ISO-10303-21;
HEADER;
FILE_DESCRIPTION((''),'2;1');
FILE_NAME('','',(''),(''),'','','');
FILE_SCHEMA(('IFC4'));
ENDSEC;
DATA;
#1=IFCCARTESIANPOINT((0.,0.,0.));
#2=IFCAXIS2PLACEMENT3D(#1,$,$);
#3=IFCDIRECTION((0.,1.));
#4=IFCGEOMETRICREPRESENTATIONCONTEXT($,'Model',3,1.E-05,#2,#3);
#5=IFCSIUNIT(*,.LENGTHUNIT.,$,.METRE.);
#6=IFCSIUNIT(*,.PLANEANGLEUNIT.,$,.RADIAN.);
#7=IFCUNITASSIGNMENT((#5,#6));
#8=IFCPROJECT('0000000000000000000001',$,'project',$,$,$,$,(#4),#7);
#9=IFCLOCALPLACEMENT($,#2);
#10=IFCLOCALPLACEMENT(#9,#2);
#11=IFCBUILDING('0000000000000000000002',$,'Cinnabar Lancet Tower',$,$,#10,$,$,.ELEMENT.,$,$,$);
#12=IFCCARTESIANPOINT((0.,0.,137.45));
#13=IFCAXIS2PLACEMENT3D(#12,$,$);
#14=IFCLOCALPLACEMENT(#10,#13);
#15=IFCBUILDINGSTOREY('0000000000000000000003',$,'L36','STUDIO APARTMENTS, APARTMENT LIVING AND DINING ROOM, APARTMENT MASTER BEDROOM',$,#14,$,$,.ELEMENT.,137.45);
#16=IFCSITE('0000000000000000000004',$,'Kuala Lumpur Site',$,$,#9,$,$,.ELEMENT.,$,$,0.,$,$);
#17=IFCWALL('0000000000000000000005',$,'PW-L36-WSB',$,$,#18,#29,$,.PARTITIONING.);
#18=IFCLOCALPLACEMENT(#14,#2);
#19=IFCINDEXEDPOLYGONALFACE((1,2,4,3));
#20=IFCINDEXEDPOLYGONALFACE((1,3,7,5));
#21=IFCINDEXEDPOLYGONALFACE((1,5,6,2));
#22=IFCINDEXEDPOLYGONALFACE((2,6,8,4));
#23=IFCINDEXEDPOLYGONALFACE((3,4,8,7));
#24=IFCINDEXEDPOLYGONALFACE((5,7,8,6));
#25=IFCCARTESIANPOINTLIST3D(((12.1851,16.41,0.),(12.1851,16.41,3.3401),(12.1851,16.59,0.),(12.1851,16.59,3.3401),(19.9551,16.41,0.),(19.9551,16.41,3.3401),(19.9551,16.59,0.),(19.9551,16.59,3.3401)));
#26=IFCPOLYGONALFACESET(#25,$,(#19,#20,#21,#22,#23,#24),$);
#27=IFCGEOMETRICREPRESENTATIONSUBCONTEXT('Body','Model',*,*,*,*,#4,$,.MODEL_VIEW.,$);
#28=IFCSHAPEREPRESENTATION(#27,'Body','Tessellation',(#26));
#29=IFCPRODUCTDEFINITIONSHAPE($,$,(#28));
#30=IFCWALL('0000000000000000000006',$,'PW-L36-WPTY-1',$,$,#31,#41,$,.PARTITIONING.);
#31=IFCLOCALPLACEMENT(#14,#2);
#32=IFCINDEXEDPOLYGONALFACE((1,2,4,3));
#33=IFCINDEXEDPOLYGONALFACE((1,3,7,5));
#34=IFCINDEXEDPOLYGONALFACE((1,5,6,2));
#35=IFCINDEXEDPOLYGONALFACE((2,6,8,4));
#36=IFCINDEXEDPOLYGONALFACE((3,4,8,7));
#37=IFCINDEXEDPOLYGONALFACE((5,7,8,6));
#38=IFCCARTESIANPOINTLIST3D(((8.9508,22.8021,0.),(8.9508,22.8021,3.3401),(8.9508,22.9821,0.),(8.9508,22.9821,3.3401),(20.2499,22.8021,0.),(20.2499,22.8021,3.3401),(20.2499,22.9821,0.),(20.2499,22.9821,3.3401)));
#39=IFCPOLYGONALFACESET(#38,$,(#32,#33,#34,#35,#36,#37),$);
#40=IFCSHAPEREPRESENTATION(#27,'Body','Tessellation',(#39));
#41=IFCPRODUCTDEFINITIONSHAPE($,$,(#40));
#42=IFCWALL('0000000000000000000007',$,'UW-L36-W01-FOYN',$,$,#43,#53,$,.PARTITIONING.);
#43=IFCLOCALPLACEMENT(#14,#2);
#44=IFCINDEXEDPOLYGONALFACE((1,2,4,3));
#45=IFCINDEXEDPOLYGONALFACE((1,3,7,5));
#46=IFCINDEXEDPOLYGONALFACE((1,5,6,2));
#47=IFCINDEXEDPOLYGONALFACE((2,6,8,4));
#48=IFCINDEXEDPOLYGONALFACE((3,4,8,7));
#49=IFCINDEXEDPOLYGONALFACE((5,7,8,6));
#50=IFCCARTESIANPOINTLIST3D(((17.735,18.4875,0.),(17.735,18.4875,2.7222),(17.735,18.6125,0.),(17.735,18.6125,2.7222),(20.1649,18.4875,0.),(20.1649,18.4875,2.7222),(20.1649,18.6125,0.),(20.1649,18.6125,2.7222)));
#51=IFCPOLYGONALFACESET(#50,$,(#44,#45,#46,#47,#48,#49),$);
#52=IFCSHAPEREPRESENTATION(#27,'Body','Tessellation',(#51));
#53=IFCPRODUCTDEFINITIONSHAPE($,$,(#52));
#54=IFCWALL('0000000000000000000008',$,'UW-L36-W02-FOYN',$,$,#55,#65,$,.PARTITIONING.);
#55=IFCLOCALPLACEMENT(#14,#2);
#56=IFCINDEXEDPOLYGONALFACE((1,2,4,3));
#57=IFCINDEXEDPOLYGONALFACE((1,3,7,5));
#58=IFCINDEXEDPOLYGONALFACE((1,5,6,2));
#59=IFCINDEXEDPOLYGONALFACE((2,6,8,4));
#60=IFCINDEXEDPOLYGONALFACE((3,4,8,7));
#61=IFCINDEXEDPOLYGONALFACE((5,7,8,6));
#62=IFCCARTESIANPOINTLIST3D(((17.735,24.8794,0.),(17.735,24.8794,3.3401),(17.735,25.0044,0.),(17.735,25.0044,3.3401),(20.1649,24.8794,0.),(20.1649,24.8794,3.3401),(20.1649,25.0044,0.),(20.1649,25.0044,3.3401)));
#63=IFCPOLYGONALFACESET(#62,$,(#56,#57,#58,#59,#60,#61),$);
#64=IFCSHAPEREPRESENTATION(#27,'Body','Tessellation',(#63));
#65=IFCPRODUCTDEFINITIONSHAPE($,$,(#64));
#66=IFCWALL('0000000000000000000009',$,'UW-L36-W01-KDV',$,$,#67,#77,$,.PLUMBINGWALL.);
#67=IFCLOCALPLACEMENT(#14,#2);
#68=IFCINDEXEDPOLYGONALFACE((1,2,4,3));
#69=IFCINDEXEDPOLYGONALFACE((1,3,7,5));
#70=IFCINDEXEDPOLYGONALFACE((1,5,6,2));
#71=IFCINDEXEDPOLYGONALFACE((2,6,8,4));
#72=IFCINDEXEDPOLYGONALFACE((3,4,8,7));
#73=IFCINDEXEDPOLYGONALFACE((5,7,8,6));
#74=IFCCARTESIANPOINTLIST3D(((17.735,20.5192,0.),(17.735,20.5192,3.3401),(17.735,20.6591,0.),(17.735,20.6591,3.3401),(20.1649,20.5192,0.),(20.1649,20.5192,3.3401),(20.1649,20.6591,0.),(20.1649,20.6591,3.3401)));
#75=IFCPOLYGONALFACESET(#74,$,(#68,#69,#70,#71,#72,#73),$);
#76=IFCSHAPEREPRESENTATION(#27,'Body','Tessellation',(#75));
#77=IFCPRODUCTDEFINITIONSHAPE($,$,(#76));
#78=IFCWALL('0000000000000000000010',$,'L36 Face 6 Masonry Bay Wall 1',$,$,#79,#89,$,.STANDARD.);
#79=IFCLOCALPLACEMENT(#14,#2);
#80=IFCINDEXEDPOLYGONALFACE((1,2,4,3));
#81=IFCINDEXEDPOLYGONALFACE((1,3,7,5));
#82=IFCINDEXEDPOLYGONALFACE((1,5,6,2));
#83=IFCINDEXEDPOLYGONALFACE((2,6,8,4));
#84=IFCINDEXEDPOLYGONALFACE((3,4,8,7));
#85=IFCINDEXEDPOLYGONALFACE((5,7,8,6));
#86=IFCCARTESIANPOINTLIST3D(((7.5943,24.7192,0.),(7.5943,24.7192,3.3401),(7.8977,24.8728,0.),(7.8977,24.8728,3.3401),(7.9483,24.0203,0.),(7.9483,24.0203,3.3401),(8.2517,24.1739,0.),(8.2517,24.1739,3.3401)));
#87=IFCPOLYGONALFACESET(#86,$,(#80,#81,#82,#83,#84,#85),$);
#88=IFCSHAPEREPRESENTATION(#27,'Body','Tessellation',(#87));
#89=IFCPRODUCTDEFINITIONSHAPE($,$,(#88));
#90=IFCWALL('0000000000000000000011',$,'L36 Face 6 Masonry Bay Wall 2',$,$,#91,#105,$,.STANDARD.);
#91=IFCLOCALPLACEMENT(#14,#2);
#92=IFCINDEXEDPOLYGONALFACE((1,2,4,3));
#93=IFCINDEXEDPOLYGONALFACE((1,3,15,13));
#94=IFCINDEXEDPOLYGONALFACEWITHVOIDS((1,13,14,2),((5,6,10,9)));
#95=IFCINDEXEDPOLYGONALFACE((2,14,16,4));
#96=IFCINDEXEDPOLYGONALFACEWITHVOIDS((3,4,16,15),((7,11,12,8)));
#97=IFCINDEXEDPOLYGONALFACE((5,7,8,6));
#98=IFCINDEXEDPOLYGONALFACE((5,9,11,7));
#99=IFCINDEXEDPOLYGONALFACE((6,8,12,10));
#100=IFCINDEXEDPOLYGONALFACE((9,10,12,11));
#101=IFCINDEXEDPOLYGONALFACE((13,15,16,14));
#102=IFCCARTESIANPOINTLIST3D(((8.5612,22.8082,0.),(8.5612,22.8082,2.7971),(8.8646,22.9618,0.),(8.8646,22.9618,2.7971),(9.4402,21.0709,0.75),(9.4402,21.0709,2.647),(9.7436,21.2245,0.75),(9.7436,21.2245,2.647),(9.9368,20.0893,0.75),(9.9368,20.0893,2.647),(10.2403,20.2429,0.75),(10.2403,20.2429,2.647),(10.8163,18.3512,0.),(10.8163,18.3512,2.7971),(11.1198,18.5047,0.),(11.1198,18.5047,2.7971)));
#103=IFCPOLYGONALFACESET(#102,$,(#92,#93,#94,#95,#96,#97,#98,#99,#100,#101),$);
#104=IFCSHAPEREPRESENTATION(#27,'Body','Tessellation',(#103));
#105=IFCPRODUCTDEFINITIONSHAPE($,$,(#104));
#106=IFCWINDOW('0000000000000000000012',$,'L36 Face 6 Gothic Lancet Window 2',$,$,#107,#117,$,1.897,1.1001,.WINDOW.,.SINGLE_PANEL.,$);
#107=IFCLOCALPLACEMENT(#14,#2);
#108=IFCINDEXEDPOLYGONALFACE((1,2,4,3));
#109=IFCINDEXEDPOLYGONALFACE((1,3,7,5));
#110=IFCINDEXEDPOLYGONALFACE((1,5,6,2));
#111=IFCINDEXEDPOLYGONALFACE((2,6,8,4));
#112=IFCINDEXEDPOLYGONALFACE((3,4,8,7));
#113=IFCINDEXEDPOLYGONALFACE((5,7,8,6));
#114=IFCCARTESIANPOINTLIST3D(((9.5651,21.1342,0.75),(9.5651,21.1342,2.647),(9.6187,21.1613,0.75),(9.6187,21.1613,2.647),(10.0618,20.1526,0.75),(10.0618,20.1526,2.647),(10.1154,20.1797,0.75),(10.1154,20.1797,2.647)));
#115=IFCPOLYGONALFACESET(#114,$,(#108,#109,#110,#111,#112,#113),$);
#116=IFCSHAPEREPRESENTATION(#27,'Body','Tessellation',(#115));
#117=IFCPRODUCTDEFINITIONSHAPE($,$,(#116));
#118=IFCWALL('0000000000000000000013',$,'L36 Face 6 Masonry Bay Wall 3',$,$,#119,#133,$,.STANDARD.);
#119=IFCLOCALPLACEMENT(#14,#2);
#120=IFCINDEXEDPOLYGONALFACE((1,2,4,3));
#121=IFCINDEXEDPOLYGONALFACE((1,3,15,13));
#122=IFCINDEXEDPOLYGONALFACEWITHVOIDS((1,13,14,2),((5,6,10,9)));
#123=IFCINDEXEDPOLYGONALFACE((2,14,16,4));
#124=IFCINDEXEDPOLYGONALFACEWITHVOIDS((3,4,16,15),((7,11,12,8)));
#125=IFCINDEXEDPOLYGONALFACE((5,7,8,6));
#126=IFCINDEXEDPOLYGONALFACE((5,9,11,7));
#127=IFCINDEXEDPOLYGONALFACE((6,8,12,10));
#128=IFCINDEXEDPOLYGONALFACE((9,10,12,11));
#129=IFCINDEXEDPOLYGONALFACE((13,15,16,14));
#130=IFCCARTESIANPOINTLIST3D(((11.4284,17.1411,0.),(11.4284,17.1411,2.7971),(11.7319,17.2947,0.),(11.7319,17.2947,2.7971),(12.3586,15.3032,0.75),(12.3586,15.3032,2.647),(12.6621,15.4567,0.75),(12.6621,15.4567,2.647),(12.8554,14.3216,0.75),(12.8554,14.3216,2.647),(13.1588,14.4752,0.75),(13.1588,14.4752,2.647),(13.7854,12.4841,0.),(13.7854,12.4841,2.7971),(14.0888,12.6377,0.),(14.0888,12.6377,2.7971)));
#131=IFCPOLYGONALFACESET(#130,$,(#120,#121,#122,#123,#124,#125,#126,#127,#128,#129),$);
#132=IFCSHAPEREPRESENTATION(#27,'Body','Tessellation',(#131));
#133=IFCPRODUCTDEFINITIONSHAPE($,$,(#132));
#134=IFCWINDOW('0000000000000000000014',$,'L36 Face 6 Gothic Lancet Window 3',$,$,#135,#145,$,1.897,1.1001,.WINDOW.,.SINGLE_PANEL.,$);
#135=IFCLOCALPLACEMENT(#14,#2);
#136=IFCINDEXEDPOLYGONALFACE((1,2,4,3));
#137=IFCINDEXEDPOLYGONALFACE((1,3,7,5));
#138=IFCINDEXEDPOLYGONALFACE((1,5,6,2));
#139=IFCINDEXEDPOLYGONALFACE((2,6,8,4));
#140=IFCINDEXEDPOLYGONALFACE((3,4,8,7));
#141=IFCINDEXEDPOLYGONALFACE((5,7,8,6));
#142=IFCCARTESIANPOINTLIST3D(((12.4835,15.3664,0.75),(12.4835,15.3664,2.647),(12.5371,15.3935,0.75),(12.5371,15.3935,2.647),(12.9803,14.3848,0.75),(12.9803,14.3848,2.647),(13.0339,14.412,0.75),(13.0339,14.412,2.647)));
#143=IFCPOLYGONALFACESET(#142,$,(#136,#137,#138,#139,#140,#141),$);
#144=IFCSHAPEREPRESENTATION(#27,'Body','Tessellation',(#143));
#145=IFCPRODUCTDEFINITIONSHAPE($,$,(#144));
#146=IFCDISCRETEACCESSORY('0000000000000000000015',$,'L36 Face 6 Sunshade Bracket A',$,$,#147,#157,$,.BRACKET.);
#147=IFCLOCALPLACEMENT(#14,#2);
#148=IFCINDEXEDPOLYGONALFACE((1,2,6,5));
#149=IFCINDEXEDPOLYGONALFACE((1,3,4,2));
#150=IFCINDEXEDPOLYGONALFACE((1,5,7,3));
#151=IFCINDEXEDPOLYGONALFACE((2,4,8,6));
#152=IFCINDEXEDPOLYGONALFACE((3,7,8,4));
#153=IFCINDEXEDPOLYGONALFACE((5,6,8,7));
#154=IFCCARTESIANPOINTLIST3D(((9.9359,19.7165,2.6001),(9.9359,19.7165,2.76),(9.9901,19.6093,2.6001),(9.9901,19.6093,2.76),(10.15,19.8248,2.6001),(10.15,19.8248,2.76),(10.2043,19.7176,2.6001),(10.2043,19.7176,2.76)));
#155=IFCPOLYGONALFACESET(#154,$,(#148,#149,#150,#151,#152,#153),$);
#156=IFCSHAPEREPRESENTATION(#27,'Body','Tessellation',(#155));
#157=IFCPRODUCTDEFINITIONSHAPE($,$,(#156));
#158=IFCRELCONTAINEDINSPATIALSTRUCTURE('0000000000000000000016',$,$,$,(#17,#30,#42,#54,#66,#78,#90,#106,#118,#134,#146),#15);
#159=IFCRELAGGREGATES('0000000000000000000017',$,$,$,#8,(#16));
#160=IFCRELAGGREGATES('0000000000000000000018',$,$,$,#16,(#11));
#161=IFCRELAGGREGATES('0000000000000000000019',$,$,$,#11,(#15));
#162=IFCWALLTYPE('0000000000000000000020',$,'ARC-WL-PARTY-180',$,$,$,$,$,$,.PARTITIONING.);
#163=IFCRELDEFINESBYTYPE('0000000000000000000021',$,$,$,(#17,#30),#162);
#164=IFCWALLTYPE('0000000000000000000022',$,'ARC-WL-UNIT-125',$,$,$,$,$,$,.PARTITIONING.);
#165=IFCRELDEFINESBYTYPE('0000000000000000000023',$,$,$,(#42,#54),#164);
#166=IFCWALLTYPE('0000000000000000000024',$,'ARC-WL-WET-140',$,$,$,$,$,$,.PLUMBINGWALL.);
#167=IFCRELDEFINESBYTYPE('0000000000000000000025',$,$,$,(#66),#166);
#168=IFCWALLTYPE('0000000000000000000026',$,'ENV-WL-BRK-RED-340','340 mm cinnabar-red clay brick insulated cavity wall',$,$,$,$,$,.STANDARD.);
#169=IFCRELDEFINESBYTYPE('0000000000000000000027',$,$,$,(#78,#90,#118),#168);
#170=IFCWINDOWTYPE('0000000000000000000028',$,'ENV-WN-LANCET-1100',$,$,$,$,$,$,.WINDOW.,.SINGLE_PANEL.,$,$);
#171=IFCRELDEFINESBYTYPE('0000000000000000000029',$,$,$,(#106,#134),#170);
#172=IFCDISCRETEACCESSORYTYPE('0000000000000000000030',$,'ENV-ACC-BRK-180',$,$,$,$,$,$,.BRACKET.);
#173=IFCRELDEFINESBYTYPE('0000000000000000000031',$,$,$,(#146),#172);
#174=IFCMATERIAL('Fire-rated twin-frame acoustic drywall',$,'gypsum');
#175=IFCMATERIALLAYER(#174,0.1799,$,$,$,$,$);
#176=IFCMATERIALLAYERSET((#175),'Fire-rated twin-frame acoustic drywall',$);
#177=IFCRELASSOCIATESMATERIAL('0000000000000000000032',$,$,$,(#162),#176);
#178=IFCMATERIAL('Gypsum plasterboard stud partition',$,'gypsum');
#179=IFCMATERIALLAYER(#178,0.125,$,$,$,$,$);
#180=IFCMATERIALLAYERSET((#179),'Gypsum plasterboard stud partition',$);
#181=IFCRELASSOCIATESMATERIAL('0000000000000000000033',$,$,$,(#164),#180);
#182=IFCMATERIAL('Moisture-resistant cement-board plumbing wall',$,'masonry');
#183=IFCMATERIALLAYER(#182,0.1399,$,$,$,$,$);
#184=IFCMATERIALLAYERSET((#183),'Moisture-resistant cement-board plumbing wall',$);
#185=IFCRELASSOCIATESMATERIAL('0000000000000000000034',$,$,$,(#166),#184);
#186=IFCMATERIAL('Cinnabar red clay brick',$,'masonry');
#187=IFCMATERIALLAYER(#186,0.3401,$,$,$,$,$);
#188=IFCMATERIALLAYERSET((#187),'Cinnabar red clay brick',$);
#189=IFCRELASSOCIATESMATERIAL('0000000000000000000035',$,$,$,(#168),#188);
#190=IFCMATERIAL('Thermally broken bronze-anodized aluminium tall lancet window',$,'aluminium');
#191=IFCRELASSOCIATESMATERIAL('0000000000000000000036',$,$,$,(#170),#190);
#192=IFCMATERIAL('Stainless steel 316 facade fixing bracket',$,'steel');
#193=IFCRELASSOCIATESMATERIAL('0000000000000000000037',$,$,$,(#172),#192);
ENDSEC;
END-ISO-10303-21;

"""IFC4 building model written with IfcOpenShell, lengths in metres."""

from ifc_helpers import new_model, si_unit, direction, frame, frame_2d, origin, origin_2d, place, context, subcontext, project, spatial, rectangle, extrude, material, layer, layer_set, type_object, element, fill, save


model = new_model("IFC4")

# Units and contexts
model_context = context("Model", 3, precision=1e-05, world=origin(), true_north=direction((0.0, 1.0)))
body_context = subcontext(model_context, "Body", "Model", "MODEL_VIEW")
ifc_project = project(units=[si_unit("LENGTHUNIT", "METRE"), si_unit("PLANEANGLEUNIT", "RADIAN")], contexts=[model_context])

# Site, building, storey
site_placement = place(None, origin())
site = spatial("IfcSite", under=ifc_project, at=site_placement, Name="Kuala Lumpur Site", CompositionType="ELEMENT", RefElevation=0.0)
building_placement = place(site_placement, origin())
building = spatial("IfcBuilding", under=site, at=building_placement, Name="Cinnabar Lancet Tower", CompositionType="ELEMENT")
storey_placement = place(building_placement, frame((0.0, 0.0, 137.45)))
storey = spatial("IfcBuildingStorey", under=building, at=storey_placement, Name="L36", Description="STUDIO APARTMENTS, APARTMENT LIVING AND DINING ROOM, APARTMENT MASTER BEDROOM", CompositionType="ELEMENT", Elevation=137.45)

# Walls
ifc_material_1 = material(Name="Fire-rated twin-frame acoustic drywall", Category="gypsum")
ifc_layer_1 = layer(ifc_material_1, 0.1799)
ifc_layer_set_1 = layer_set([ifc_layer_1], Name="Fire-rated twin-frame acoustic drywall")
wall_type_1 = type_object("IfcWallType", Name="ARC-WL-PARTY-180", PredefinedType="PARTITIONING", material=ifc_layer_set_1)
wall_1_placement = place(storey_placement, frame((12.1851, 16.5, 0.0), z_axis=(0.0, 0.0, 1.0), x_axis=(1.0, 0.0, 0.0)))
element("IfcWall", 1, at=wall_1_placement, inside=storey, type_object=wall_type_1, Name="PW-L36-WSB", PredefinedType="PARTITIONING", context=body_context, shape_type="SweptSolid", body=[
    extrude(rectangle(XDim=7.77, YDim=0.1799, at=frame_2d((3.885, 0.0))), origin(), (0.0, 0.0, 1.0), 3.3401),
])
wall_2_placement = place(storey_placement, frame((8.9509, 22.8921, 0.0), z_axis=(0.0, 0.0, 1.0), x_axis=(1.0, 0.0, 0.0)))
element("IfcWall", 2, at=wall_2_placement, inside=storey, type_object=wall_type_1, Name="PW-L36-WPTY-1", PredefinedType="PARTITIONING", context=body_context, shape_type="SweptSolid", body=[
    extrude(rectangle(XDim=11.2991, YDim=0.1799, at=frame_2d((5.6494, 0.0))), origin(), (0.0, 0.0, 1.0), 3.3401),
])
ifc_material_2 = material(Name="Gypsum plasterboard stud partition", Category="gypsum")
ifc_layer_2 = layer(ifc_material_2, 0.125)
ifc_layer_set_2 = layer_set([ifc_layer_2], Name="Gypsum plasterboard stud partition")
wall_type_2 = type_object("IfcWallType", Name="ARC-WL-UNIT-125", PredefinedType="PARTITIONING", material=ifc_layer_set_2)
wall_3_placement = place(storey_placement, frame((17.7351, 18.55, 0.0), z_axis=(0.0, 0.0, 1.0), x_axis=(1.0, 0.0, 0.0)))
element("IfcWall", 3, at=wall_3_placement, inside=storey, type_object=wall_type_2, Name="UW-L36-W01-FOYN", PredefinedType="PARTITIONING", context=body_context, shape_type="SweptSolid", body=[
    extrude(rectangle(XDim=2.4299, YDim=0.125, at=frame_2d((1.2148, 0.0))), origin(), (0.0, 0.0, 1.0), 2.7222),
])
wall_4_placement = place(storey_placement, frame((17.7351, 24.9419, 0.0), z_axis=(0.0, 0.0, 1.0), x_axis=(1.0, 0.0, 0.0)))
element("IfcWall", 4, at=wall_4_placement, inside=storey, type_object=wall_type_2, Name="UW-L36-W02-FOYN", PredefinedType="PARTITIONING", context=body_context, shape_type="SweptSolid", body=[
    extrude(rectangle(XDim=2.4299, YDim=0.125, at=frame_2d((1.2148, 0.0))), origin(), (0.0, 0.0, 1.0), 3.3401),
])

# Shared definitions
ifc_material_3 = material(Name="Moisture-resistant cement-board plumbing wall", Category="masonry")
ifc_layer_3 = layer(ifc_material_3, 0.1399)
ifc_layer_set_3 = layer_set([ifc_layer_3], Name="Moisture-resistant cement-board plumbing wall")
wall_type_3 = type_object("IfcWallType", Name="ARC-WL-WET-140", PredefinedType="PLUMBINGWALL", material=ifc_layer_set_3)

# Wall
wall_5_placement = place(storey_placement, frame((17.7351, 20.5891, 0.0), z_axis=(0.0, 0.0, 1.0), x_axis=(1.0, 0.0, 0.0)))
element("IfcWall", 5, at=wall_5_placement, inside=storey, type_object=wall_type_3, Name="UW-L36-W01-KDV", PredefinedType="PLUMBINGWALL", context=body_context, shape_type="SweptSolid", body=[
    extrude(rectangle(XDim=2.4299, YDim=0.1399, at=frame_2d((1.2148, 0.0))), origin(), (0.0, 0.0, 1.0), 3.3401),
])

# Wall
ifc_material_4 = material(Name="Cinnabar red clay brick", Category="masonry")
ifc_layer_4 = layer(ifc_material_4, 0.3401)
ifc_layer_set_4 = layer_set([ifc_layer_4], Name="Cinnabar red clay brick")
wall_type_4 = type_object("IfcWallType", Name="ENV-WL-BRK-RED-340", Description="340 mm cinnabar-red clay brick insulated cavity wall", PredefinedType="STANDARD", material=ifc_layer_set_4)
wall_6_placement = place(storey_placement, frame((7.7461, 24.7959, 0.0), z_axis=(0.0, 0.0, 1.0), x_axis=(0.451819, -0.892109, 0.0)))
element("IfcWall", 6, at=wall_6_placement, inside=storey, type_object=wall_type_4, Name="L36 Face 6 Masonry Bay Wall 1", PredefinedType="STANDARD", context=body_context, shape_type="SweptSolid", body=[
    extrude(rectangle(XDim=0.7834, YDim=0.3401, at=frame_2d((0.3916, 0.0))), origin(), (0.0, 0.0, 1.0), 3.3401),
])

# Walls, openings, windows
wall_7_placement = place(storey_placement, frame((8.7129, 22.885, 0.0), z_axis=(0.0, 0.0, 1.0), x_axis=(0.451471, -0.892286, 0.0)))
wall_7 = element("IfcWall", 7, at=wall_7_placement, inside=storey, type_object=wall_type_4, Name="L36 Face 6 Masonry Bay Wall 2", PredefinedType="STANDARD", context=body_context, shape_type="SweptSolid", body=[
    extrude(rectangle(XDim=4.9951, YDim=0.3401, at=frame_2d((2.4976, 0.0))), origin(), (0.0, 0.0, 1.0), 2.7971),
])
opening_1_placement = place(wall_7_placement, frame((1.947, 0.0, 0.75)))
opening_1 = element("IfcOpeningElement", 8, at=opening_1_placement, cuts=wall_7, PredefinedType="OPENING", context=body_context, shape_type="SweptSolid", body=[
    extrude(rectangle(XDim=1.1001, YDim=1.897, at=frame_2d((0.55, 0.9485))), frame((0.0, 0.1799, 0.0), z_axis=(0.0, -1.0, 0.0), x_axis=(1.0, 0.0, 0.0)), (0.0, 0.0, 1.0), 0.3601),
])
ifc_material_5 = material(Name="Thermally broken bronze-anodized aluminium tall lancet window", Category="aluminium")
window_type = type_object("IfcWindowType", Name="ENV-WN-LANCET-1100", PartitioningType="SINGLE_PANEL", PredefinedType="WINDOW", material=ifc_material_5)
window_1_placement = place(opening_1_placement, origin())
window_1 = element("IfcWindow", 9, at=window_1_placement, inside=storey, type_object=window_type, Name="L36 Face 6 Gothic Lancet Window 2", OverallHeight=1.897, OverallWidth=1.1001, PartitioningType="SINGLE_PANEL", PredefinedType="WINDOW", context=body_context, shape_type="SweptSolid", body=[
    extrude(rectangle(XDim=1.1001, YDim=1.897, at=frame_2d((0.55, 0.9485))), frame((0.0, 0.03, 0.0), z_axis=(0.0, -1.0, 0.0), x_axis=(1.0, 0.0, 0.0)), (0.0, 0.0, 1.0), 0.0601),
])
fill(opening_1, window_1)
wall_8_placement = place(storey_placement, frame((11.5801, 17.218, 0.0), z_axis=(0.0, 0.0, 1.0), x_axis=(0.451568, -0.892237, 0.0)))
wall_8 = element("IfcWall", 10, at=wall_8_placement, inside=storey, type_object=wall_type_4, Name="L36 Face 6 Masonry Bay Wall 3", PredefinedType="STANDARD", context=body_context, shape_type="SweptSolid", body=[
    extrude(rectangle(XDim=5.2195, YDim=0.3401, at=frame_2d((2.6099, 0.0))), origin(), (0.0, 0.0, 1.0), 2.7971),
])
opening_2_placement = place(wall_8_placement, frame((2.0601, 0.0, 0.75)))
opening_2 = element("IfcOpeningElement", 11, at=opening_2_placement, cuts=wall_8, PredefinedType="OPENING", context=body_context, shape_type="SweptSolid", body=[
    extrude(rectangle(XDim=1.1001, YDim=1.897, at=frame_2d((0.55, 0.9485))), frame((0.0, 0.1799, 0.0), z_axis=(0.0, -1.0, 0.0), x_axis=(1.0, 0.0, 0.0)), (0.0, 0.0, 1.0), 0.3601),
])
window_2_placement = place(opening_2_placement, origin())
window_2 = element("IfcWindow", 12, at=window_2_placement, inside=storey, type_object=window_type, Name="L36 Face 6 Gothic Lancet Window 3", OverallHeight=1.897, OverallWidth=1.1001, PartitioningType="SINGLE_PANEL", PredefinedType="WINDOW", context=body_context, shape_type="SweptSolid", body=[
    extrude(rectangle(XDim=1.1001, YDim=1.897, at=frame_2d((0.55, 0.9485))), frame((0.0, 0.03, 0.0), z_axis=(0.0, -1.0, 0.0), x_axis=(1.0, 0.0, 0.0)), (0.0, 0.0, 1.0), 0.0601),
])
fill(opening_2, window_2)

# Discrete accessory
ifc_material_6 = material(Name="Stainless steel 316 facade fixing bracket", Category="steel")
discrete_accessory_type = type_object("IfcDiscreteAccessoryType", Name="ENV-ACC-BRK-180", PredefinedType="BRACKET", material=ifc_material_6)
discrete_accessory_placement = place(storey_placement, frame((10.0701, 19.717, 2.6001), z_axis=(0.0, 0.0, 1.0), x_axis=(0.451454, -0.892294, 0.0)))
element("IfcDiscreteAccessory", 13, at=discrete_accessory_placement, inside=storey, type_object=discrete_accessory_type, Name="L36 Face 6 Sunshade Bracket A", PredefinedType="BRACKET", context=body_context, shape_type="SweptSolid", body=[
    extrude(rectangle(XDim=0.1201, YDim=0.24, at=origin_2d()), origin(), (0.0, 0.0, 1.0), 0.1599),
])

save(model, "model.ifc")
